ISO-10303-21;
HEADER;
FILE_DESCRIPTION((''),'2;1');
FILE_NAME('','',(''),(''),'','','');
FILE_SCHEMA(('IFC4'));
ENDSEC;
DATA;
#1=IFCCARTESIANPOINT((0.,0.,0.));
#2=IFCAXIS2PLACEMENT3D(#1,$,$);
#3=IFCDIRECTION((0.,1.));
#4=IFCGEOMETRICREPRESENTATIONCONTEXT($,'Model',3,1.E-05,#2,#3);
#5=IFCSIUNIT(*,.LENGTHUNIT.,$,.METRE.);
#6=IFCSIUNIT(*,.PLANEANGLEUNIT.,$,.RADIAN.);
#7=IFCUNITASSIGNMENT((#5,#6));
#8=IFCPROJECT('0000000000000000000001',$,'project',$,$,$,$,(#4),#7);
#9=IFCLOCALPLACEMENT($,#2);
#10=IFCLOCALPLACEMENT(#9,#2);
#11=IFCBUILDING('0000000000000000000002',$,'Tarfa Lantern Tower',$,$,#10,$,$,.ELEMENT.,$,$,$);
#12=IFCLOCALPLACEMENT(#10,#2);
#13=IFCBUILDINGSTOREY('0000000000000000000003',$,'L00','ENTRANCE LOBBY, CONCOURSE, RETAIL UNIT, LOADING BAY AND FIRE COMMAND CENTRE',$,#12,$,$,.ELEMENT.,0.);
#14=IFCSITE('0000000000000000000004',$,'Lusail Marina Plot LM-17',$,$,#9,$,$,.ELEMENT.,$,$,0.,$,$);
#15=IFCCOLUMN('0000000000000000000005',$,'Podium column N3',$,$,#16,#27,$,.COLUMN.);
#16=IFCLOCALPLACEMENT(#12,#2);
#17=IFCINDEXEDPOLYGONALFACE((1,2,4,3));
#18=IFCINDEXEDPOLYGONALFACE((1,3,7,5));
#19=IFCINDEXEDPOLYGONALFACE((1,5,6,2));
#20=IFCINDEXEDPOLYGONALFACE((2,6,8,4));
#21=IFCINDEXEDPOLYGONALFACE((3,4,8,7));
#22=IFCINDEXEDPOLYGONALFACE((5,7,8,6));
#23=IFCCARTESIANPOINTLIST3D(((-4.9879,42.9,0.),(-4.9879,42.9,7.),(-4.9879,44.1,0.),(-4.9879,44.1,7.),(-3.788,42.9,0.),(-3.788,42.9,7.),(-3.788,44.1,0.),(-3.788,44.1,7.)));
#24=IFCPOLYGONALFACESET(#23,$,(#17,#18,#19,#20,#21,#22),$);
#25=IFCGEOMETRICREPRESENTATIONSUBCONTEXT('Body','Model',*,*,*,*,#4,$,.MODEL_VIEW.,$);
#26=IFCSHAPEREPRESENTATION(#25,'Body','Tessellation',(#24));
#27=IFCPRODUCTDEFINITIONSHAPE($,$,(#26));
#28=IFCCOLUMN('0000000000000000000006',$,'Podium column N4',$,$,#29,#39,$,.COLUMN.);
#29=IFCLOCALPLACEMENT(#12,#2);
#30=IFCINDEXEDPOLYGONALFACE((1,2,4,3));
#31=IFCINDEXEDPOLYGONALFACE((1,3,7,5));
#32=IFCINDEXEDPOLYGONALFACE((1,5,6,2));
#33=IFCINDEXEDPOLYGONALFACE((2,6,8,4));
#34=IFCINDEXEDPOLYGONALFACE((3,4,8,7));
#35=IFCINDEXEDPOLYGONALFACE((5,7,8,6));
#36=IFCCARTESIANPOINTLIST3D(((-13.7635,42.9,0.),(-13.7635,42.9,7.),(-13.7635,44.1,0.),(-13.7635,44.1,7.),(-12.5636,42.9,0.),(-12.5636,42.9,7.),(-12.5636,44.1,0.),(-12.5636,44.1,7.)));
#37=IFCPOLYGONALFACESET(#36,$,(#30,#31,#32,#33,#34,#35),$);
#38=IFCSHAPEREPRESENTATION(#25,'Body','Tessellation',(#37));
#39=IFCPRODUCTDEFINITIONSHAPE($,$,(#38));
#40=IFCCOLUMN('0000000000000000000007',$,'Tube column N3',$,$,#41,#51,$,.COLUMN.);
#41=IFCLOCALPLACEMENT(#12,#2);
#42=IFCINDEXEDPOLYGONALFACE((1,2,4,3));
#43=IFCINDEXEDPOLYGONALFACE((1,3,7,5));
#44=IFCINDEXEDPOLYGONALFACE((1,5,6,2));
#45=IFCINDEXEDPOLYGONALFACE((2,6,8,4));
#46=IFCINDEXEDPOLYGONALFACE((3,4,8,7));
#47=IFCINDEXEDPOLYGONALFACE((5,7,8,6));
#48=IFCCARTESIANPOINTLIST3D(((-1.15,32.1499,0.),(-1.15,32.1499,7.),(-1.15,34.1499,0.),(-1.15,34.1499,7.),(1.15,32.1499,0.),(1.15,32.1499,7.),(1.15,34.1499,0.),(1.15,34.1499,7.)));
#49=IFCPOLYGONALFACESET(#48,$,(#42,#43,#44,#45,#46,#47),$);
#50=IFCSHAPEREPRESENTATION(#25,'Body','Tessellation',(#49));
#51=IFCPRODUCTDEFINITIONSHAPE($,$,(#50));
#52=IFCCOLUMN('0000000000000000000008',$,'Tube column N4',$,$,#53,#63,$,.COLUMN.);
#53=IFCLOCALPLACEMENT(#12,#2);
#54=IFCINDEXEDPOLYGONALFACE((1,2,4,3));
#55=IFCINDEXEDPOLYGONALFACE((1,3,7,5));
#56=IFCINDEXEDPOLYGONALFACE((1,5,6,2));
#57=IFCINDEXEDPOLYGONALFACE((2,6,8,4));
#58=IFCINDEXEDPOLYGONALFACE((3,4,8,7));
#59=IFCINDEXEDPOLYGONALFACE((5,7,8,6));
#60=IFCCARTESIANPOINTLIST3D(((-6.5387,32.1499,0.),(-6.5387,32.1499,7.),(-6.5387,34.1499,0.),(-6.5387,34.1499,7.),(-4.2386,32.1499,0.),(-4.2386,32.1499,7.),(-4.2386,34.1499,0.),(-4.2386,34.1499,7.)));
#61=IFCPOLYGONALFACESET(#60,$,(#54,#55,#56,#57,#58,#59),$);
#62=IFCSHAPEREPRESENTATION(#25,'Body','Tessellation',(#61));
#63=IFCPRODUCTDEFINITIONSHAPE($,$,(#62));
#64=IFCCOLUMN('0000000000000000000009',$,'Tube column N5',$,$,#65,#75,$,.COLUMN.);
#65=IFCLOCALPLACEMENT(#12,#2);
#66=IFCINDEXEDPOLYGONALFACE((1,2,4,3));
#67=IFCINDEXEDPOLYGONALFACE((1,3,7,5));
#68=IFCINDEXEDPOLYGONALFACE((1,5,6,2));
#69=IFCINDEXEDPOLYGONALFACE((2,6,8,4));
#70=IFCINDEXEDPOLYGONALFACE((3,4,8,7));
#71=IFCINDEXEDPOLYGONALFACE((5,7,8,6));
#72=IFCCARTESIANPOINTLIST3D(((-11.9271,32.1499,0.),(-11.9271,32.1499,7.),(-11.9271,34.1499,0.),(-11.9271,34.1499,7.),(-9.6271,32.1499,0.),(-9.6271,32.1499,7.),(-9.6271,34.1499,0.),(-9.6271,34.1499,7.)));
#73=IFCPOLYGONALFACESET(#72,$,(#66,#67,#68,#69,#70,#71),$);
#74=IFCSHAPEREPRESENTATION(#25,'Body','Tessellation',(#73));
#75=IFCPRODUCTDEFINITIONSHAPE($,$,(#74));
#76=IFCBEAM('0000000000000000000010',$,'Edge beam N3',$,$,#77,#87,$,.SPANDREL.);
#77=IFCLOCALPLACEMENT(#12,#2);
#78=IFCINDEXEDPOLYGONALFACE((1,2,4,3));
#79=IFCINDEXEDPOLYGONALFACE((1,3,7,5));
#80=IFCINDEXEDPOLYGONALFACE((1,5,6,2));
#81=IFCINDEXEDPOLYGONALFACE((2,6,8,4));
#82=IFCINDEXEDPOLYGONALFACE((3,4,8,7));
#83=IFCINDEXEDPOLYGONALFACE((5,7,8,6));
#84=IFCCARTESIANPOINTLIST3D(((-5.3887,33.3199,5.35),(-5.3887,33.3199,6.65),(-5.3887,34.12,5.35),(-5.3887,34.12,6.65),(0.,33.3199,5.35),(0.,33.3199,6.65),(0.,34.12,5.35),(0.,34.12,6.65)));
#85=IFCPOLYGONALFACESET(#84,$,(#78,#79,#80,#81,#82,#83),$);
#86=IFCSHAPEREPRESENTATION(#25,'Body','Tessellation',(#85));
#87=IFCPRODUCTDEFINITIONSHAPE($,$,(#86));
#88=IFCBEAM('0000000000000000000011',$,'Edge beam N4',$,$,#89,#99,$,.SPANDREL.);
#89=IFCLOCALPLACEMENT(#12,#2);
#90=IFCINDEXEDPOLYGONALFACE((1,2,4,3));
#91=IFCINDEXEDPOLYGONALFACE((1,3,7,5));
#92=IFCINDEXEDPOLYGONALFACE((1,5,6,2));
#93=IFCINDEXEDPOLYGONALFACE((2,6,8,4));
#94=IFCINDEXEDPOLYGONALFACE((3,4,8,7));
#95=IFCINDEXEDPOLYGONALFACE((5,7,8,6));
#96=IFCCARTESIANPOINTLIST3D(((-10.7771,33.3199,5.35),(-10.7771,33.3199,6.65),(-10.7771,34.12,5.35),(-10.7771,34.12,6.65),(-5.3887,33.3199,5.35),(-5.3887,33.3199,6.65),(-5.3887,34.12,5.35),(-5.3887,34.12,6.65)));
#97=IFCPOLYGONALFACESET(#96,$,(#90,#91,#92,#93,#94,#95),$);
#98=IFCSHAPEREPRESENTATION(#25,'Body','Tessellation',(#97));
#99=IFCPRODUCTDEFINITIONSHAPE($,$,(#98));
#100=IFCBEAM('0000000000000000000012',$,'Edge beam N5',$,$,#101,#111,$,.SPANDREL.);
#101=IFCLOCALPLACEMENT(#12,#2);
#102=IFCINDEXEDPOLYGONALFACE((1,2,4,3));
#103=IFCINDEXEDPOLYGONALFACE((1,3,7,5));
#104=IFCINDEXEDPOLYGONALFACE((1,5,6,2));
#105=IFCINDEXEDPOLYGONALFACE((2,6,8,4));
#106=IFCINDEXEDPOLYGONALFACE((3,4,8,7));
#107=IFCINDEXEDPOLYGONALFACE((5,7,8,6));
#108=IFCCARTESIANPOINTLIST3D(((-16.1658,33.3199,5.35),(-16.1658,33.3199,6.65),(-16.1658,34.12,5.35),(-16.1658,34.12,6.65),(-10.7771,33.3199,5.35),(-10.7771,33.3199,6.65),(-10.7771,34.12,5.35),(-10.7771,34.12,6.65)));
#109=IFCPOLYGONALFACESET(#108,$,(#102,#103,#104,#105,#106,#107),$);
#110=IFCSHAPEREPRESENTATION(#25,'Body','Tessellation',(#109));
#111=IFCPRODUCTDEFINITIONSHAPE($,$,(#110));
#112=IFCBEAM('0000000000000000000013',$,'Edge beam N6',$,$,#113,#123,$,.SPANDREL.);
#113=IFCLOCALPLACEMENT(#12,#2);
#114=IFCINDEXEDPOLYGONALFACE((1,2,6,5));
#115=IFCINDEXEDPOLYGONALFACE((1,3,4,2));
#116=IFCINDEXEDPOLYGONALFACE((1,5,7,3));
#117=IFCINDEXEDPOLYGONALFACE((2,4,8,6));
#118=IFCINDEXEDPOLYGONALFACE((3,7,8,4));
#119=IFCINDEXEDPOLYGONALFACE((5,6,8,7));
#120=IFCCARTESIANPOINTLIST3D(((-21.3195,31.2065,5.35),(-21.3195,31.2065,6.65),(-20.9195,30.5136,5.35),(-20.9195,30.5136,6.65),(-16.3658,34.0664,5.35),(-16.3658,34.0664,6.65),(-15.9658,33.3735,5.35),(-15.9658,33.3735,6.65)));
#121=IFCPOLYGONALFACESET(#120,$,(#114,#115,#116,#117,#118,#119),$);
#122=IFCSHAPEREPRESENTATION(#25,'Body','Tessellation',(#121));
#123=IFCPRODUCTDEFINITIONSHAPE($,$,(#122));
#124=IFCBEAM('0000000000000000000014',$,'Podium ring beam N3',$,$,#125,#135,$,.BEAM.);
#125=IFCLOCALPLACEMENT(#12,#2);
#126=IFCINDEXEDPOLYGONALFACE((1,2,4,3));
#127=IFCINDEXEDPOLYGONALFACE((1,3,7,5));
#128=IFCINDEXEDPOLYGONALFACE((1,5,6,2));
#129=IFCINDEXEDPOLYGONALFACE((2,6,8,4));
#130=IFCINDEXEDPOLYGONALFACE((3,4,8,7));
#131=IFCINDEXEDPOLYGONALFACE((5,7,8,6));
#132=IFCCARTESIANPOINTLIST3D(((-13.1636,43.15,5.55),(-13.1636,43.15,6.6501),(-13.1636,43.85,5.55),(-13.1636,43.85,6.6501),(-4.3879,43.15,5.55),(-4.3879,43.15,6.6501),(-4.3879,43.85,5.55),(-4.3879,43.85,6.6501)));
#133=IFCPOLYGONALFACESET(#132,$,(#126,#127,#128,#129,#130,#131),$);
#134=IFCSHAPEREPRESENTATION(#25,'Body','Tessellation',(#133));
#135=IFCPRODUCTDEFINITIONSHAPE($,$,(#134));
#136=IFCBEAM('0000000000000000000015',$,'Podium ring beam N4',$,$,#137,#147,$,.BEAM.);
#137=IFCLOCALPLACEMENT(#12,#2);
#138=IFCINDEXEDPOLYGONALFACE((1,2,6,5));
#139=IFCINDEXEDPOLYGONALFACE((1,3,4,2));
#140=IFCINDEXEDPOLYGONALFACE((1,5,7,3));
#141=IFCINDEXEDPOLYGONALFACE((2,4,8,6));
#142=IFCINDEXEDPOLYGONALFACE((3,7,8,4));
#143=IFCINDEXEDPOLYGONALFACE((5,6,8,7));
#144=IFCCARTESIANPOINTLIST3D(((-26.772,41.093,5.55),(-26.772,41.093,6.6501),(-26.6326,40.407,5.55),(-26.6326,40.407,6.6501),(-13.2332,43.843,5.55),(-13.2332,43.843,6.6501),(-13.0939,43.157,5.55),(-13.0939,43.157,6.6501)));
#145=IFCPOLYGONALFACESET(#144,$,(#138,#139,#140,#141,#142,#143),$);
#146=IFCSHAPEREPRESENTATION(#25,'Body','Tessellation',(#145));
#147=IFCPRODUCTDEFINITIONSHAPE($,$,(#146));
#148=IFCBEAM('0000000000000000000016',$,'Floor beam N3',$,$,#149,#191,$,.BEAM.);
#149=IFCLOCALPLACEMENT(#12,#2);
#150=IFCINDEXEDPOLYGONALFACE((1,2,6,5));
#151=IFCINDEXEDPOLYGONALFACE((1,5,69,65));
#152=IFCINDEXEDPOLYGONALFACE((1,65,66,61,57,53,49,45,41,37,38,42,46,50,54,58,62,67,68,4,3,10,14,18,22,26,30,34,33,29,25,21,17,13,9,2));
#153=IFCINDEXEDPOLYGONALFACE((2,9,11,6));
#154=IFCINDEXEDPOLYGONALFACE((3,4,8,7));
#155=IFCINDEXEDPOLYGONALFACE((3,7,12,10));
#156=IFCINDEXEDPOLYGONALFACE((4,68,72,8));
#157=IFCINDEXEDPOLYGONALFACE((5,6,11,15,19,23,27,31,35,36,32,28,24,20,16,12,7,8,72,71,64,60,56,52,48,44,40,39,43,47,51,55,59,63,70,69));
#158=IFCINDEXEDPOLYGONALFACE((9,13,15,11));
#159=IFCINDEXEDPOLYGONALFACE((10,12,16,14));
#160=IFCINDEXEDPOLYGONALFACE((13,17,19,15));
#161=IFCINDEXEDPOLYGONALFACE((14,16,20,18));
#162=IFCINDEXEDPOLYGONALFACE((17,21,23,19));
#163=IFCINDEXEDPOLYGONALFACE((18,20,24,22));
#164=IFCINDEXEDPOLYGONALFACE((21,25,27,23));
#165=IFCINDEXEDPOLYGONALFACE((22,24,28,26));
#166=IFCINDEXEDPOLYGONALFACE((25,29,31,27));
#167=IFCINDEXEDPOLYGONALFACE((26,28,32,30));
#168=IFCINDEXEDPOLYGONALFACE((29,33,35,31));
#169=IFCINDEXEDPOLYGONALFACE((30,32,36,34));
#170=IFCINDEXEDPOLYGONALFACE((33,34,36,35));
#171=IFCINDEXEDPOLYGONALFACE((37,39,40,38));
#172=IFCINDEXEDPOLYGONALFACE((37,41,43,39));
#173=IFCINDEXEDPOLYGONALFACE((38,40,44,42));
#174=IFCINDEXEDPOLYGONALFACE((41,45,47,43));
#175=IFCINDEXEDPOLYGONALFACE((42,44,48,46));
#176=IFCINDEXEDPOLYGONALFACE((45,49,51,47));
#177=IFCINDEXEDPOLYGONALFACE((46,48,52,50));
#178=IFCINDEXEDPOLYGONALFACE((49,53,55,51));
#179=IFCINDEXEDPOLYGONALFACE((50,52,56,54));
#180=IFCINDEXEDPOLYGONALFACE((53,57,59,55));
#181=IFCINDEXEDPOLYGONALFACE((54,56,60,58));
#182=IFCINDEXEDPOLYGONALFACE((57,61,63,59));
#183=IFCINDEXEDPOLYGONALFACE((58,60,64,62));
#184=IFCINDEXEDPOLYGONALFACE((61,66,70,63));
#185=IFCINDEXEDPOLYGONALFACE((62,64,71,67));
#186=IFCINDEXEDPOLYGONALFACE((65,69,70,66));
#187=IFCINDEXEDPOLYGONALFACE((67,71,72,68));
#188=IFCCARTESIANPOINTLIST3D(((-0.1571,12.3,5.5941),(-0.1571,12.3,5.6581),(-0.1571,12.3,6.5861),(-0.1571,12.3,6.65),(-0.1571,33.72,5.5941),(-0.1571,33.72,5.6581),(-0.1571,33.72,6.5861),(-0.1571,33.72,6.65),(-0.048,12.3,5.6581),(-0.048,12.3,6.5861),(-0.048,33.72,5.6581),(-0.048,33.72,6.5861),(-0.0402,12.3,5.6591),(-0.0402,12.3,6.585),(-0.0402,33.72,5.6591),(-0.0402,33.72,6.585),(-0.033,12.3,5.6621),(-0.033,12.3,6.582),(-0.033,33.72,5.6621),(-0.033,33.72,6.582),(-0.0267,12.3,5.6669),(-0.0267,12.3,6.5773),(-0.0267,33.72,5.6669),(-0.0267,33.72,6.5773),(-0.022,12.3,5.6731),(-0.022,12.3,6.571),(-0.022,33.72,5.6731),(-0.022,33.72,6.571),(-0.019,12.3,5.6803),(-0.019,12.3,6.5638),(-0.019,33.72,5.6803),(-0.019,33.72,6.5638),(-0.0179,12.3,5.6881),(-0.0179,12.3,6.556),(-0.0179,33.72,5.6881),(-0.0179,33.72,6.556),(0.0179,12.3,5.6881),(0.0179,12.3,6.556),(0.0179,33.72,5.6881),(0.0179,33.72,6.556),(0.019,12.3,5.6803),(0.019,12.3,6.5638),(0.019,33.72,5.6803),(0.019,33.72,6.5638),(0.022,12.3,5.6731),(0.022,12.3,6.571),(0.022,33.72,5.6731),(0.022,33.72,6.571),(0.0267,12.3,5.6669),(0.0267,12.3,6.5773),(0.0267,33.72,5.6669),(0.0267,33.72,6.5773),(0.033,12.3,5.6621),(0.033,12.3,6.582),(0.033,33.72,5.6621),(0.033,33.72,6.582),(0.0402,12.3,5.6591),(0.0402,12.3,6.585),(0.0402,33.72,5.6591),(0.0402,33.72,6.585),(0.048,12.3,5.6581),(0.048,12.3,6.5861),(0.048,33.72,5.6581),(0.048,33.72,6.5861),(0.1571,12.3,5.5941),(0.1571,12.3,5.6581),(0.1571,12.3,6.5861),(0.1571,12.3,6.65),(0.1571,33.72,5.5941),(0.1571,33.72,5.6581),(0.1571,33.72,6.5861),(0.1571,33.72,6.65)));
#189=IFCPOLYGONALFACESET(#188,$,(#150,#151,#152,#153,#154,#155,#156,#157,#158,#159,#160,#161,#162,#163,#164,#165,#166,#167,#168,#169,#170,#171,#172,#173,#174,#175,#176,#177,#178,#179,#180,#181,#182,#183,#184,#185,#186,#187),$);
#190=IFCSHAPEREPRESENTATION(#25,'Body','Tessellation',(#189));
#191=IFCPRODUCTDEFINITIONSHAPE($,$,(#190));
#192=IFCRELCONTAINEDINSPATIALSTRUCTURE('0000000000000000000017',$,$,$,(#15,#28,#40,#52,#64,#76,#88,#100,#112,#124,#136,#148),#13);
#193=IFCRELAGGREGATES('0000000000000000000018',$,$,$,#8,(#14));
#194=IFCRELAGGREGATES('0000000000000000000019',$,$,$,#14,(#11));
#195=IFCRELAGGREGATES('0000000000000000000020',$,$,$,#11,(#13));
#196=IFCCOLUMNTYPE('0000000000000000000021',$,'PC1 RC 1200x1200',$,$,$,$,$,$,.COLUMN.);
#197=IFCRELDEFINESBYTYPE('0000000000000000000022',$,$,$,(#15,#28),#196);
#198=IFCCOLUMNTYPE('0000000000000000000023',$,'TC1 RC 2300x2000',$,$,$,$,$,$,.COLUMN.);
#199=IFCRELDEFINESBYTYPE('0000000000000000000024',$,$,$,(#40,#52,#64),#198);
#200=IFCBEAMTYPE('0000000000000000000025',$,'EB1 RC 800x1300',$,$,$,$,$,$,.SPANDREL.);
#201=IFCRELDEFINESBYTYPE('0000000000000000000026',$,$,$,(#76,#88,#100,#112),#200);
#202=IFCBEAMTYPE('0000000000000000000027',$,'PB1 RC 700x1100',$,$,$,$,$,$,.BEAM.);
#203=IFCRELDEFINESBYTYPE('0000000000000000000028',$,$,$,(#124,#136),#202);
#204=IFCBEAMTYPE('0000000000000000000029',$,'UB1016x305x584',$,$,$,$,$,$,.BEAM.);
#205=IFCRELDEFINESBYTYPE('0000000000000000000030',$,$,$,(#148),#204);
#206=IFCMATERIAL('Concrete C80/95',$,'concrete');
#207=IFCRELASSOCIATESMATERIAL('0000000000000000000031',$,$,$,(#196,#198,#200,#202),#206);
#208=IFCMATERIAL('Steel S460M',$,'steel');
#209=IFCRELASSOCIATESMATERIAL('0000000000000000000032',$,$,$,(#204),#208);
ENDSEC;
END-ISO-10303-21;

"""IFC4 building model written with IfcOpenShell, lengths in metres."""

from ifc_helpers import new_model, si_unit, direction, frame, origin, origin_2d, place, context, subcontext, project, spatial, rectangle, i_section, extrude, material, material_profile, profile_set, type_object, element, save


model = new_model("IFC4")

# Units and contexts
model_context = context("Model", 3, precision=1e-05, world=origin(), true_north=direction((0.0, 1.0)))
body_context = subcontext(model_context, "Body", "Model", "MODEL_VIEW")
ifc_project = project(units=[si_unit("LENGTHUNIT", "METRE"), si_unit("PLANEANGLEUNIT", "RADIAN")], contexts=[model_context])

# Site, building, storey
site_placement = place(None, origin())
site = spatial("IfcSite", under=ifc_project, at=site_placement, Name="Lusail Marina Plot LM-17", CompositionType="ELEMENT", RefElevation=0.0)
building_placement = place(site_placement, origin())
building = spatial("IfcBuilding", under=site, at=building_placement, Name="Tarfa Lantern Tower", CompositionType="ELEMENT")
storey_placement = place(building_placement, origin())
storey = spatial("IfcBuildingStorey", under=building, at=storey_placement, Name="L00", Description="ENTRANCE LOBBY, CONCOURSE, RETAIL UNIT, LOADING BAY AND FIRE COMMAND CENTRE", CompositionType="ELEMENT", Elevation=0.0)

# Columns
ifc_material_1 = material(Name="Concrete C80/95", Category="concrete")
ifc_material_profile_1 = material_profile(ifc_material_1, rectangle(XDim=1.2, YDim=1.2, at=origin_2d()), Name="RC 1200x1200")
ifc_profile_set_1 = profile_set([ifc_material_profile_1], Name="Concrete C80/95")
column_type_1 = type_object("IfcColumnType", Name="PC1 RC 1200x1200", PredefinedType="COLUMN", material=ifc_profile_set_1)
for number, where, z_axis, x_axis, name in (
    (1, (-4.3879, 43.5, 0.0), (0.0, 0.0, 1.0), (-1.0, 0.0, 0.0), "Podium column N3"),
    (2, (-13.1636, 43.5, 0.0), (0.0, 0.0, 1.0), (-1.0, 0.0, 0.0), "Podium column N4"),
):
    element("IfcColumn", number, at=place(storey_placement, frame(where, z_axis=z_axis, x_axis=x_axis)), inside=storey, type_object=column_type_1, Name=name, PredefinedType="COLUMN", context=body_context, shape_type="SweptSolid", body=[
        extrude(rectangle(XDim=1.2, YDim=1.2, at=origin_2d()), origin(), (0.0, 0.0, 1.0), 7.0),
    ])
ifc_material_profile_2 = material_profile(ifc_material_1, rectangle(XDim=2.3, YDim=2.0, at=origin_2d()), Name="RC 2300x2000")
ifc_profile_set_2 = profile_set([ifc_material_profile_2], Name="Concrete C80/95")
column_type_2 = type_object("IfcColumnType", Name="TC1 RC 2300x2000", PredefinedType="COLUMN", material=ifc_profile_set_2)
for number, where, z_axis, x_axis, name in (
    (3, (0.0, 33.1499, 0.0), (0.0, 0.0, 1.0), (-1.0, 0.0, 0.0), "Tube column N3"),
    (4, (-5.3887, 33.1499, 0.0), (0.0, 0.0, 1.0), (-1.0, 0.0, 0.0), "Tube column N4"),
    (5, (-10.7771, 33.1499, 0.0), (0.0, 0.0, 1.0), (-1.0, 0.0, 0.0), "Tube column N5"),
):
    element("IfcColumn", number, at=place(storey_placement, frame(where, z_axis=z_axis, x_axis=x_axis)), inside=storey, type_object=column_type_2, Name=name, PredefinedType="COLUMN", context=body_context, shape_type="SweptSolid", body=[
        extrude(rectangle(XDim=2.3, YDim=2.0, at=origin_2d()), origin(), (0.0, 0.0, 1.0), 7.0),
    ])

# Beams
ifc_material_profile_3 = material_profile(ifc_material_1, rectangle(XDim=0.8, YDim=1.3, at=origin_2d()), Name="RC 800x1300")
ifc_profile_set_3 = profile_set([ifc_material_profile_3], Name="Concrete C80/95")
beam_type_1 = type_object("IfcBeamType", Name="EB1 RC 800x1300", PredefinedType="SPANDREL", material=ifc_profile_set_3)
beam_1_placement = place(storey_placement, frame((0.0, 33.72, 6.0), z_axis=(-1.0, 0.0, 0.0), x_axis=(0.0, -1.0, 0.0)))
element("IfcBeam", 6, at=beam_1_placement, inside=storey, type_object=beam_type_1, Name="Edge beam N3", PredefinedType="SPANDREL", context=body_context, shape_type="SweptSolid", body=[
    extrude(rectangle(XDim=0.8, YDim=1.3, at=origin_2d()), origin(), (0.0, 0.0, 1.0), 5.3887),
])
beam_2_placement = place(storey_placement, frame((-5.3887, 33.72, 6.0), z_axis=(-1.0, 0.0, 0.0), x_axis=(0.0, -1.0, 0.0)))
element("IfcBeam", 7, at=beam_2_placement, inside=storey, type_object=beam_type_1, Name="Edge beam N4", PredefinedType="SPANDREL", context=body_context, shape_type="SweptSolid", body=[
    extrude(rectangle(XDim=0.8, YDim=1.3, at=origin_2d()), origin(), (0.0, 0.0, 1.0), 5.3884),
])
beam_3_placement = place(storey_placement, frame((-10.7771, 33.72, 6.0), z_axis=(-1.0, 0.0, 0.0), x_axis=(0.0, -1.0, 0.0)))
element("IfcBeam", 8, at=beam_3_placement, inside=storey, type_object=beam_type_1, Name="Edge beam N5", PredefinedType="SPANDREL", context=body_context, shape_type="SweptSolid", body=[
    extrude(rectangle(XDim=0.8, YDim=1.3, at=origin_2d()), origin(), (0.0, 0.0, 1.0), 5.3887),
])
beam_4_placement = place(storey_placement, frame((-16.1658, 33.72, 6.0), z_axis=(-0.866033, -0.499986, 0.0), x_axis=(0.499986, -0.866033, 0.0)))
element("IfcBeam", 9, at=beam_4_placement, inside=storey, type_object=beam_type_1, Name="Edge beam N6", PredefinedType="SPANDREL", context=body_context, shape_type="SweptSolid", body=[
    extrude(rectangle(XDim=0.8, YDim=1.3, at=origin_2d()), origin(), (0.0, 0.0, 1.0), 5.72),
])
ifc_material_profile_4 = material_profile(ifc_material_1, rectangle(XDim=0.7, YDim=1.1001, at=origin_2d()), Name="RC 700x1100")
ifc_profile_set_4 = profile_set([ifc_material_profile_4], Name="Concrete C80/95")
beam_type_2 = type_object("IfcBeamType", Name="PB1 RC 700x1100", PredefinedType="BEAM", material=ifc_profile_set_4)
beam_5_placement = place(storey_placement, frame((-4.3879, 43.5, 6.1001), z_axis=(-1.0, 0.0, 0.0), x_axis=(0.0, -1.0, 0.0)))
element("IfcBeam", 10, at=beam_5_placement, inside=storey, type_object=beam_type_2, Name="Podium ring beam N3", PredefinedType="BEAM", context=body_context, shape_type="SweptSolid", body=[
    extrude(rectangle(XDim=0.7, YDim=1.1001, at=origin_2d()), origin(), (0.0, 0.0, 1.0), 8.7756),
])
beam_6_placement = place(storey_placement, frame((-13.1636, 43.5, 6.1001), z_axis=(-0.979988, -0.199055, 0.0), x_axis=(0.199055, -0.979988, 0.0)))
element("IfcBeam", 11, at=beam_6_placement, inside=storey, type_object=beam_type_2, Name="Podium ring beam N4", PredefinedType="BEAM", context=body_context, shape_type="SweptSolid", body=[
    extrude(rectangle(XDim=0.7, YDim=1.1001, at=origin_2d()), origin(), (0.0, 0.0, 1.0), 13.8152),
])
ifc_material_2 = material(Name="Steel S460M", Category="steel")
ifc_material_profile_5 = material_profile(ifc_material_2, i_section(OverallWidth=0.3142, OverallDepth=1.0559, WebThickness=0.0359, FlangeThickness=0.064, FilletRadius=0.03, at=origin_2d()), Name="UB1016x305x584")
ifc_profile_set_5 = profile_set([ifc_material_profile_5], Name="Steel S460M")
beam_type_3 = type_object("IfcBeamType", Name="UB1016x305x584", PredefinedType="BEAM", material=ifc_profile_set_5)
for number, where, z_axis, x_axis, name in (
    (12, (0.0, 33.72, 6.1221), (0.0, -1.0, 0.0), (1.0, 0.0, 0.0), "Floor beam N3"),
):
    element("IfcBeam", number, at=place(storey_placement, frame(where, z_axis=z_axis, x_axis=x_axis)), inside=storey, type_object=beam_type_3, Name=name, PredefinedType="BEAM", context=body_context, shape_type="SweptSolid", body=[
        extrude(i_section(OverallWidth=0.3142, OverallDepth=1.0559, WebThickness=0.0359, FlangeThickness=0.064, FilletRadius=0.03, at=origin_2d()), origin(), (0.0, 0.0, 1.0), 21.4199),
    ])

save(model, "model.ifc")
